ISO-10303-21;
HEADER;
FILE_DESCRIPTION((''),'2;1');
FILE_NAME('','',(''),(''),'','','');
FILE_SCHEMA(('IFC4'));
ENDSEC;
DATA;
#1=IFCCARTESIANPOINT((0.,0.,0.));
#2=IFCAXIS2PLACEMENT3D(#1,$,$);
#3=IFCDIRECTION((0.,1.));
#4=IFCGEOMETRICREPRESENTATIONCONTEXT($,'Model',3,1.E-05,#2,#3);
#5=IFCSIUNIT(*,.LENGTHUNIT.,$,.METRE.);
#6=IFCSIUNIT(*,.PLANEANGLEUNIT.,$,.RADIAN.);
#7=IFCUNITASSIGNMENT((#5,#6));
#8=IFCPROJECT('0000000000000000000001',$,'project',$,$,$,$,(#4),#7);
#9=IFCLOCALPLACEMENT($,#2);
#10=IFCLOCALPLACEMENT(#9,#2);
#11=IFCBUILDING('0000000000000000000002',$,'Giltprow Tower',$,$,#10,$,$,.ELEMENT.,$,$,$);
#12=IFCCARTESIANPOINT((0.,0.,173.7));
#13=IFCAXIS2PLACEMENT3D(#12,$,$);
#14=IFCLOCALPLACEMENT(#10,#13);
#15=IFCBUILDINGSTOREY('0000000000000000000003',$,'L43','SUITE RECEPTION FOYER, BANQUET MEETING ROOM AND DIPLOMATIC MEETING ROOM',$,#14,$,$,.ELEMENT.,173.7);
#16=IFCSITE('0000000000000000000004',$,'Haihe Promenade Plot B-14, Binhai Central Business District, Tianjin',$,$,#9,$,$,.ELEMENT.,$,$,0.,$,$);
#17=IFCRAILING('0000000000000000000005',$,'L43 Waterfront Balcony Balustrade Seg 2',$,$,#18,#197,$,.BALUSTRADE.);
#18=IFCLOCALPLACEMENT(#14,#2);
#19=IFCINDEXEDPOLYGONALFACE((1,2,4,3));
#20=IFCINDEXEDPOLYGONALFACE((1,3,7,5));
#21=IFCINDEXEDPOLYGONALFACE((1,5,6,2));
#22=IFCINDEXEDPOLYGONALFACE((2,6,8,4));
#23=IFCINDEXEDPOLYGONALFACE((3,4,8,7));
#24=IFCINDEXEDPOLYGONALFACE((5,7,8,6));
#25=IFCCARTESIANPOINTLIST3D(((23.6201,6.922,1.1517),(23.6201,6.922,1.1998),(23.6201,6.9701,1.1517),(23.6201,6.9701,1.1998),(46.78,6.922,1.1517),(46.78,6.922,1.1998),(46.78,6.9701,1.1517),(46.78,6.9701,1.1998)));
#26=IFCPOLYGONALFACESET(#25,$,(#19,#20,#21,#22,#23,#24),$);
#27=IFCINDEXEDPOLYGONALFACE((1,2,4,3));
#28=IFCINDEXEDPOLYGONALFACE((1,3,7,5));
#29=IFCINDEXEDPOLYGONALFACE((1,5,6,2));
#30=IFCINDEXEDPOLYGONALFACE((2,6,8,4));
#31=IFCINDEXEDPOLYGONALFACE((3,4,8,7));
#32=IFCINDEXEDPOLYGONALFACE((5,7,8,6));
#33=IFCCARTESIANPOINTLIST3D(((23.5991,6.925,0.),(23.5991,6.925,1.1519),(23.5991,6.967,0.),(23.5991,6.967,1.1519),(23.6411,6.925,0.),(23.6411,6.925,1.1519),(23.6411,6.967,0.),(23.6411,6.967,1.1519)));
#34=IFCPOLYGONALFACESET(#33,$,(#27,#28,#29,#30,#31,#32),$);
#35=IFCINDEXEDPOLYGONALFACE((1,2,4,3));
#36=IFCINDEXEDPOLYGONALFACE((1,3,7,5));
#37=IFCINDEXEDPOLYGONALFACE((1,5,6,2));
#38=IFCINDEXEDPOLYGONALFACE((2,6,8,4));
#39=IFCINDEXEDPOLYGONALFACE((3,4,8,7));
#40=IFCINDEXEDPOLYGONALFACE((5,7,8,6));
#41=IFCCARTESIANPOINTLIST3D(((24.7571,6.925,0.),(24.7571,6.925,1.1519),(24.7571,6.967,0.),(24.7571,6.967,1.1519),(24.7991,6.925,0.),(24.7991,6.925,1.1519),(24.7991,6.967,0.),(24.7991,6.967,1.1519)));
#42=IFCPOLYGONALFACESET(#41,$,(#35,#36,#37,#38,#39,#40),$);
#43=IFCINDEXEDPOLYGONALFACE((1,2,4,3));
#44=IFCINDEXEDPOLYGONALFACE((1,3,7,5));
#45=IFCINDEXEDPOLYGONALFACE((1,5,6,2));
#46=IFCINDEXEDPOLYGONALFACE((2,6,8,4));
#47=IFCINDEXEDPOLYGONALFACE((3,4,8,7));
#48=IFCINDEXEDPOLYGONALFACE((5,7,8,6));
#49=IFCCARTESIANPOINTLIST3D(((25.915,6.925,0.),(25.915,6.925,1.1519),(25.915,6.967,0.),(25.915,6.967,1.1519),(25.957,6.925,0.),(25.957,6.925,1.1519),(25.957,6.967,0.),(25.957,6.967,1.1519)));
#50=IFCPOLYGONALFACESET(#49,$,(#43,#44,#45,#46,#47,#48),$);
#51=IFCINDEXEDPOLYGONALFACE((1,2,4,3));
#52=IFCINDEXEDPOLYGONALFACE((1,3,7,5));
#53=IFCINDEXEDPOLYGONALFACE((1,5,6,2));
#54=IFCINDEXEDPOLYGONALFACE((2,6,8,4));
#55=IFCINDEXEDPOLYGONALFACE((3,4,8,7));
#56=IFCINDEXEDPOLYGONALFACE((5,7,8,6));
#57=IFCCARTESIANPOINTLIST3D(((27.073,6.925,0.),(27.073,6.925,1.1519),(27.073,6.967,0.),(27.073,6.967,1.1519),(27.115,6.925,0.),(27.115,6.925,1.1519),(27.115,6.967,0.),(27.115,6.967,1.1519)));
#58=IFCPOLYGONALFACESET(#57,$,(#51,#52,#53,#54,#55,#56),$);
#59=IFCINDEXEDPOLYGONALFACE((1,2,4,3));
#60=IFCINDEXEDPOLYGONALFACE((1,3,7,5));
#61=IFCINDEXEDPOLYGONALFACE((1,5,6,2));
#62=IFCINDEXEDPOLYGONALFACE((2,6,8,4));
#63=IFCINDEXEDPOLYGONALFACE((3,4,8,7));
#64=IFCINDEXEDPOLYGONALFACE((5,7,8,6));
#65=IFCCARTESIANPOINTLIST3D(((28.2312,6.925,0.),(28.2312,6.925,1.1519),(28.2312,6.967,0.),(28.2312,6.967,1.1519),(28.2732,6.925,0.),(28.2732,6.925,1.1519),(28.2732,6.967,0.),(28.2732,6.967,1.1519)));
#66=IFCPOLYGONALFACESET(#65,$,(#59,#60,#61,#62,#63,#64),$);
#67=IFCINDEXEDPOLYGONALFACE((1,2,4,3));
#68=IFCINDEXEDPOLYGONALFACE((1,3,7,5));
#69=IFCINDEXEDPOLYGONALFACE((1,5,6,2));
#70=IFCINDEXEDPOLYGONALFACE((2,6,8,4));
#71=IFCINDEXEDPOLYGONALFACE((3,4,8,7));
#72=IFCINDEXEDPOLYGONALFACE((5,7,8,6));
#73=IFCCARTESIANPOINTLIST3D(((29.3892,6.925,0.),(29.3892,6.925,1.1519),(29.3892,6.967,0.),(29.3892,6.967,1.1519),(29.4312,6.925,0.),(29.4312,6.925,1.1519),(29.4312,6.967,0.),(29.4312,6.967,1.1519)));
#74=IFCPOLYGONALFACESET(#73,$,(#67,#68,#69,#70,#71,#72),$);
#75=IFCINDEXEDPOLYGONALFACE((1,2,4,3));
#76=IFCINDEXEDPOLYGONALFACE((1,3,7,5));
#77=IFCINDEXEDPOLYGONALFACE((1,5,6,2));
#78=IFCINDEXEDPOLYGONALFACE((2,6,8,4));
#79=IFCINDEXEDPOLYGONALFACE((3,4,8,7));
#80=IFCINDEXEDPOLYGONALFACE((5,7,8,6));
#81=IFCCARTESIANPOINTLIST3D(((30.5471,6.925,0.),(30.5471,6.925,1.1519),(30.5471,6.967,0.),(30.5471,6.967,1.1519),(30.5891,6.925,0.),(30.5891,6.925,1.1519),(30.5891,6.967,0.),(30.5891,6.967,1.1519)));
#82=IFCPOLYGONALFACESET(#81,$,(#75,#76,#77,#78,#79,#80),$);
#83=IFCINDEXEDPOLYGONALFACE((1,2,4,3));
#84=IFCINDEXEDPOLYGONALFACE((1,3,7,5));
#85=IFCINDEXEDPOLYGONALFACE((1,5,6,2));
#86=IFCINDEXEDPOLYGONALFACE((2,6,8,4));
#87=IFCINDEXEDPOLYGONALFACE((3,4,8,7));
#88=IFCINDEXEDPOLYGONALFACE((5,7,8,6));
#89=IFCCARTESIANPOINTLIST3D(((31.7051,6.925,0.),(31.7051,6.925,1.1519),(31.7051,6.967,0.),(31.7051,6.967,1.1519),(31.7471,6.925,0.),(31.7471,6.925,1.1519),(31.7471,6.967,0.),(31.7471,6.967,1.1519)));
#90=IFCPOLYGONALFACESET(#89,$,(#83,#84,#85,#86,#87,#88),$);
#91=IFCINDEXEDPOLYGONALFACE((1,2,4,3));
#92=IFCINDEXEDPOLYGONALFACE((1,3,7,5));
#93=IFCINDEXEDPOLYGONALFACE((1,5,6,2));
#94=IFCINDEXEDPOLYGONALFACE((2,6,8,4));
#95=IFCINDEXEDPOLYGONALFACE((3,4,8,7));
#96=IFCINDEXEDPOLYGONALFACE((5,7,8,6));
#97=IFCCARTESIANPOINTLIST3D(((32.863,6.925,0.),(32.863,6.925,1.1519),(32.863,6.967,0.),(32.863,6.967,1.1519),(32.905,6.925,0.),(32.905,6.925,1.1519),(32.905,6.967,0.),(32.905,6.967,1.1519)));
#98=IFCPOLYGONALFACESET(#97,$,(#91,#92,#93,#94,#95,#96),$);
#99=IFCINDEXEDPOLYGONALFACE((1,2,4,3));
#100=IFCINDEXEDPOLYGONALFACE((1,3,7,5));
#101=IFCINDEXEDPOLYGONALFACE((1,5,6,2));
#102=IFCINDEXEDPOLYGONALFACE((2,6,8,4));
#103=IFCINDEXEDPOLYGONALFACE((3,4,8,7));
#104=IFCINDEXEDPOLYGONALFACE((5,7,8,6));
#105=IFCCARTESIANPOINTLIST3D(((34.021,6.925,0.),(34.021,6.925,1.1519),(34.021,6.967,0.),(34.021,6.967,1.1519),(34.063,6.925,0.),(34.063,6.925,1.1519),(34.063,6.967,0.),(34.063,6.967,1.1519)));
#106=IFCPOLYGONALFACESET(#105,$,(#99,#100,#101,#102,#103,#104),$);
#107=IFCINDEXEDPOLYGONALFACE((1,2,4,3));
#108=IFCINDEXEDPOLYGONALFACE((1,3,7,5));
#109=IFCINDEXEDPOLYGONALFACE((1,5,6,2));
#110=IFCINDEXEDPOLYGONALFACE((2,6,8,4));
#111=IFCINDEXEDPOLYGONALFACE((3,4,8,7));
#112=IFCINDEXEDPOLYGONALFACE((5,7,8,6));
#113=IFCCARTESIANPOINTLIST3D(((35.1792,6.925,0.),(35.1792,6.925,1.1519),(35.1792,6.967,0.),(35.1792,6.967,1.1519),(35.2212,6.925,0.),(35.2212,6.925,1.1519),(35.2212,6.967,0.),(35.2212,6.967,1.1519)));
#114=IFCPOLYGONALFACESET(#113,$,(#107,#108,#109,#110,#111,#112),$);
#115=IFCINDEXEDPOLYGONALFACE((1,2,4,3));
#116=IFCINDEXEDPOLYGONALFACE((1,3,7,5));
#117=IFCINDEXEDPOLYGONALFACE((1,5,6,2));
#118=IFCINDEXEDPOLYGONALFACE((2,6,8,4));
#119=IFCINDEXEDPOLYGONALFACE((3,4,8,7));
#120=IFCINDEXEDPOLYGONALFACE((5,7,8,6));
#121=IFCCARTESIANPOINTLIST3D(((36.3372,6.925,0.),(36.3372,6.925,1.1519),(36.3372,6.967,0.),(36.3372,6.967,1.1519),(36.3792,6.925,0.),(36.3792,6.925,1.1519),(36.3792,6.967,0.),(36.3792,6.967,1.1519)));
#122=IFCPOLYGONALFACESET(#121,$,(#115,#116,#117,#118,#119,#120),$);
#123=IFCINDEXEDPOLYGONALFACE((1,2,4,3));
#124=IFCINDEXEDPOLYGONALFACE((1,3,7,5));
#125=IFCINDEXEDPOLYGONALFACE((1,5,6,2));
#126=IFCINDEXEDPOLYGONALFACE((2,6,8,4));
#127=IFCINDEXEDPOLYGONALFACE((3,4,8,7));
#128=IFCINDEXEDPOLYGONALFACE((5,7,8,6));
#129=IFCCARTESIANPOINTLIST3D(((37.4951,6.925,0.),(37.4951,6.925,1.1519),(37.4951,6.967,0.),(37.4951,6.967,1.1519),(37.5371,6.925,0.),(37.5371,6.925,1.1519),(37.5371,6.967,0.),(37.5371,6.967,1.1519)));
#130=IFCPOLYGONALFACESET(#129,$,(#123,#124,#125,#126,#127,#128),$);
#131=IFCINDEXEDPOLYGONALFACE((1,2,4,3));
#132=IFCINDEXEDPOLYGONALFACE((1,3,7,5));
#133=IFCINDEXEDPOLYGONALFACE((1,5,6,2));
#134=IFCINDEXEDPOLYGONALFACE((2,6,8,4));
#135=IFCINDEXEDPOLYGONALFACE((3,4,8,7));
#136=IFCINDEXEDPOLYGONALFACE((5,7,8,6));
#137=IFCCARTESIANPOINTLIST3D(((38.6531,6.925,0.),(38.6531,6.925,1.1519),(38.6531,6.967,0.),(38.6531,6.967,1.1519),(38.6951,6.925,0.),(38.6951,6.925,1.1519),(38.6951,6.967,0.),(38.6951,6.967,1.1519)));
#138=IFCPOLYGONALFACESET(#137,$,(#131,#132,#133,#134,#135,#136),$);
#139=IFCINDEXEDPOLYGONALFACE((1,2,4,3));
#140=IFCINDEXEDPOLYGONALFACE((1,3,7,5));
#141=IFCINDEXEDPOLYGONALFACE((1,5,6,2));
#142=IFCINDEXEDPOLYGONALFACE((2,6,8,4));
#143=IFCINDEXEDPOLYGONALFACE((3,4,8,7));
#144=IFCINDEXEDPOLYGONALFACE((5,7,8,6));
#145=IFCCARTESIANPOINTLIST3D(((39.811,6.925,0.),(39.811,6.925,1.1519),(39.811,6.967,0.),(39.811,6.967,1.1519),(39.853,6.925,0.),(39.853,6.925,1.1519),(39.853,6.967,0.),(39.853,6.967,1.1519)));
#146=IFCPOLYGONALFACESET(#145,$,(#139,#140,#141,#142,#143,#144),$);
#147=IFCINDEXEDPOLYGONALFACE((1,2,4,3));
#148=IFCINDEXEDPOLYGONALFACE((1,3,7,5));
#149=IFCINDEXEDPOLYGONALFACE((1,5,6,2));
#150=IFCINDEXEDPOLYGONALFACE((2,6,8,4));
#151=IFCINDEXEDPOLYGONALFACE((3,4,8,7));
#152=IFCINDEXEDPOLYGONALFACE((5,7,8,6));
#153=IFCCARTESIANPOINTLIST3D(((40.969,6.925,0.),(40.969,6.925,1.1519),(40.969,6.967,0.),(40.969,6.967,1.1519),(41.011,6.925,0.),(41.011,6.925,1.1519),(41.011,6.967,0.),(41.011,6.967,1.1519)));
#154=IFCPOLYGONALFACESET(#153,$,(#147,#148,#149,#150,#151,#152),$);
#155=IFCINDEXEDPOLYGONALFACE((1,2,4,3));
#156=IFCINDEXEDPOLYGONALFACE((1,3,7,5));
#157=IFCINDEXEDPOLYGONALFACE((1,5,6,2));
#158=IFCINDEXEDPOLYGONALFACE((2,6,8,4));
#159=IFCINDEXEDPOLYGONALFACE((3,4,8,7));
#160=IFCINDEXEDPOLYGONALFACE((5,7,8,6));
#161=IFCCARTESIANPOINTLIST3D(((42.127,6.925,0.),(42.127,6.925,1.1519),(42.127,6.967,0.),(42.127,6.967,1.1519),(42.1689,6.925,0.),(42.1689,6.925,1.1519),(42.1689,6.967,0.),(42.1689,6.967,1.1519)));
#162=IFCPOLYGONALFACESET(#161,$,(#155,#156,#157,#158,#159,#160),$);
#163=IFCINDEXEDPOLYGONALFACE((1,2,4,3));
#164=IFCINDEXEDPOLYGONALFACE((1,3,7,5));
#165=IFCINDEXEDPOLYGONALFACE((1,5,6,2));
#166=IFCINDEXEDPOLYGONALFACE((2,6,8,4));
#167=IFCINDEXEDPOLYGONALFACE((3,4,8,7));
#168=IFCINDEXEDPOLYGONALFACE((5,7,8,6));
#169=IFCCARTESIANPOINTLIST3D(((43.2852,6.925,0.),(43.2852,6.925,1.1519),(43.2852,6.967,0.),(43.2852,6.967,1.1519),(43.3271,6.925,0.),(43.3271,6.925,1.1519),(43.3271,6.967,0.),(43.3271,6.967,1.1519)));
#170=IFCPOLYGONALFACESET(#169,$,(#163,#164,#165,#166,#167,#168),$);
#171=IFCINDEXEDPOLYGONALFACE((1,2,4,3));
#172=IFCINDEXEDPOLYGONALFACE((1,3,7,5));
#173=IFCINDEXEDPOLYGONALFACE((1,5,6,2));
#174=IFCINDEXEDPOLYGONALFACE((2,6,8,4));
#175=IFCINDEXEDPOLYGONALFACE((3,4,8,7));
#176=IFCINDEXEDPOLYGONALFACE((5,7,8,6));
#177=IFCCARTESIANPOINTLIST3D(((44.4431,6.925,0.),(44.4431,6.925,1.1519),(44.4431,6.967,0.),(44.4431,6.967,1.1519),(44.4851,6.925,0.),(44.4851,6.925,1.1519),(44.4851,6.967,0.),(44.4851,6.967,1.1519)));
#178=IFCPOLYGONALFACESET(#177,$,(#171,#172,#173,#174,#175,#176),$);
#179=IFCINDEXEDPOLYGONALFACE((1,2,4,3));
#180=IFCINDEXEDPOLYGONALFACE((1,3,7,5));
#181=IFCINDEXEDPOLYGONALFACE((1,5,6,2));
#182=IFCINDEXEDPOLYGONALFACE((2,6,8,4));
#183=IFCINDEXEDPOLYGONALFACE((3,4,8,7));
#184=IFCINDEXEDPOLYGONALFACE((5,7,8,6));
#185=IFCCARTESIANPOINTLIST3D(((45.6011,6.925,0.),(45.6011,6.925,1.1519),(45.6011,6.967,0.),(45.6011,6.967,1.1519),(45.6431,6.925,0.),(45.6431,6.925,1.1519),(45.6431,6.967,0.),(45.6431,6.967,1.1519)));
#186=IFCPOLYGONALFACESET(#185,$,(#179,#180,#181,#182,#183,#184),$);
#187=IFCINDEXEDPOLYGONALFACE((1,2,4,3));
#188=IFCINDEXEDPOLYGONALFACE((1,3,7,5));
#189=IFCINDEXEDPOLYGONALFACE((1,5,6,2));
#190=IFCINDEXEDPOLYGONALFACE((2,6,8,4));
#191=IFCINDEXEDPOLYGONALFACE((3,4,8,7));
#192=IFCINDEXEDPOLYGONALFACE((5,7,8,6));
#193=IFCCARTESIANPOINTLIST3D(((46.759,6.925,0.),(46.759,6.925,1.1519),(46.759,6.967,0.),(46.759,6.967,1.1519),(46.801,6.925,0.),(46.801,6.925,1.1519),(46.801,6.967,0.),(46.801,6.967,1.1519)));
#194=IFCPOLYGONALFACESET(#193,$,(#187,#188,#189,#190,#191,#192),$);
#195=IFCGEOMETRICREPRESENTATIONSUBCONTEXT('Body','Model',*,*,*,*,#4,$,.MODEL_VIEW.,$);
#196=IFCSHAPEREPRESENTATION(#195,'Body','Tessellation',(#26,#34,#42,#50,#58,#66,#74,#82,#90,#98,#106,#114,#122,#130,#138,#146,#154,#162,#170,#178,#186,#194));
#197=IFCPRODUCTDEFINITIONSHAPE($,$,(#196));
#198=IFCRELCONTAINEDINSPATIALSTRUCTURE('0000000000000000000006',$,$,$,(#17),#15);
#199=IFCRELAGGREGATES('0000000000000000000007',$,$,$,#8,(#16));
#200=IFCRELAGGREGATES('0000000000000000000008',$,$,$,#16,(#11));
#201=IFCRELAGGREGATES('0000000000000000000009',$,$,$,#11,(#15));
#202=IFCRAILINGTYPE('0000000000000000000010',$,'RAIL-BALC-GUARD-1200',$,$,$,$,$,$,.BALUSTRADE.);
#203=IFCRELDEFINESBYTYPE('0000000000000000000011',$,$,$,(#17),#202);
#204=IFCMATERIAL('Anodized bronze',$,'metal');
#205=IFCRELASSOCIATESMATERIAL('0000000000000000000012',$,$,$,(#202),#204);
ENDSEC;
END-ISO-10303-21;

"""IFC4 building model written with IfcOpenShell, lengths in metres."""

from ifc_helpers import new_model, si_unit, direction, frame, origin, origin_2d, place, context, subcontext, project, spatial, rectangle, extrude, material, type_object, element, save


model = new_model("IFC4")

# Units and contexts
model_context = context("Model", 3, precision=1e-05, world=origin(), true_north=direction((0.0, 1.0)))
body_context = subcontext(model_context, "Body", "Model", "MODEL_VIEW")
ifc_project = project(units=[si_unit("LENGTHUNIT", "METRE"), si_unit("PLANEANGLEUNIT", "RADIAN")], contexts=[model_context])

# Site, building, storey
site_placement = place(None, origin())
site = spatial("IfcSite", under=ifc_project, at=site_placement, Name="Haihe Promenade Plot B-14, Binhai Central Business District, Tianjin", CompositionType="ELEMENT", RefElevation=0.0)
building_placement = place(site_placement, origin())
building = spatial("IfcBuilding", under=site, at=building_placement, Name="Giltprow Tower", CompositionType="ELEMENT")
storey_placement = place(building_placement, frame((0.0, 0.0, 173.7)))
storey = spatial("IfcBuildingStorey", under=building, at=storey_placement, Name="L43", Description="SUITE RECEPTION FOYER, BANQUET MEETING ROOM AND DIPLOMATIC MEETING ROOM", CompositionType="ELEMENT", Elevation=173.7)

# Railing
ifc_material_1 = material(Name="Anodized bronze", Category="metal")
railing_type = type_object("IfcRailingType", Name="RAIL-BALC-GUARD-1200", PredefinedType="BALUSTRADE", material=ifc_material_1)
railing_1_placement = place(storey_placement, frame((23.6201, 6.946, 0.0)))
element("IfcRailing", 1, at=railing_1_placement, inside=storey, type_object=railing_type, Name="L43 Waterfront Balcony Balustrade Seg 2", PredefinedType="BALUSTRADE", context=body_context, shape_type="SweptSolid", body=[
    extrude(rectangle(XDim=0.0481, YDim=0.0481, at=origin_2d()), frame((0.0, 0.0, 1.1758), z_axis=(1.0, 0.0, 0.0), x_axis=(0.0, 1.0, 0.0)), (0.0, 0.0, 1.0), 23.1599),
    extrude(rectangle(XDim=0.042, YDim=0.042, at=origin_2d()), origin(), (0.0, 0.0, 1.0), 1.1519),
    extrude(rectangle(XDim=0.042, YDim=0.042, at=origin_2d()), frame((1.158, 0.0, 0.0)), (0.0, 0.0, 1.0), 1.1519),
    extrude(rectangle(XDim=0.042, YDim=0.042, at=origin_2d()), frame((2.3159, 0.0, 0.0)), (0.0, 0.0, 1.0), 1.1519),
    extrude(rectangle(XDim=0.042, YDim=0.042, at=origin_2d()), frame((3.4739, 0.0, 0.0)), (0.0, 0.0, 1.0), 1.1519),
    extrude(rectangle(XDim=0.042, YDim=0.042, at=origin_2d()), frame((4.6321, 0.0, 0.0)), (0.0, 0.0, 1.0), 1.1519),
    extrude(rectangle(XDim=0.042, YDim=0.042, at=origin_2d()), frame((5.79, 0.0, 0.0)), (0.0, 0.0, 1.0), 1.1519),
    extrude(rectangle(XDim=0.042, YDim=0.042, at=origin_2d()), frame((6.948, 0.0, 0.0)), (0.0, 0.0, 1.0), 1.1519),
    extrude(rectangle(XDim=0.042, YDim=0.042, at=origin_2d()), frame((8.106, 0.0, 0.0)), (0.0, 0.0, 1.0), 1.1519),
    extrude(rectangle(XDim=0.042, YDim=0.042, at=origin_2d()), frame((9.2639, 0.0, 0.0)), (0.0, 0.0, 1.0), 1.1519),
    extrude(rectangle(XDim=0.042, YDim=0.042, at=origin_2d()), frame((10.4219, 0.0, 0.0)), (0.0, 0.0, 1.0), 1.1519),
    extrude(rectangle(XDim=0.042, YDim=0.042, at=origin_2d()), frame((11.5801, 0.0, 0.0)), (0.0, 0.0, 1.0), 1.1519),
    extrude(rectangle(XDim=0.042, YDim=0.042, at=origin_2d()), frame((12.738, 0.0, 0.0)), (0.0, 0.0, 1.0), 1.1519),
    extrude(rectangle(XDim=0.042, YDim=0.042, at=origin_2d()), frame((13.896, 0.0, 0.0)), (0.0, 0.0, 1.0), 1.1519),
    extrude(rectangle(XDim=0.042, YDim=0.042, at=origin_2d()), frame((15.054, 0.0, 0.0)), (0.0, 0.0, 1.0), 1.1519),
    extrude(rectangle(XDim=0.042, YDim=0.042, at=origin_2d()), frame((16.2119, 0.0, 0.0)), (0.0, 0.0, 1.0), 1.1519),
    extrude(rectangle(XDim=0.042, YDim=0.042, at=origin_2d()), frame((17.3699, 0.0, 0.0)), (0.0, 0.0, 1.0), 1.1519),
    extrude(rectangle(XDim=0.042, YDim=0.042, at=origin_2d()), frame((18.5278, 0.0, 0.0)), (0.0, 0.0, 1.0), 1.1519),
    extrude(rectangle(XDim=0.042, YDim=0.042, at=origin_2d()), frame((19.686, 0.0, 0.0)), (0.0, 0.0, 1.0), 1.1519),
    extrude(rectangle(XDim=0.042, YDim=0.042, at=origin_2d()), frame((20.844, 0.0, 0.0)), (0.0, 0.0, 1.0), 1.1519),
    extrude(rectangle(XDim=0.042, YDim=0.042, at=origin_2d()), frame((22.002, 0.0, 0.0)), (0.0, 0.0, 1.0), 1.1519),
    extrude(rectangle(XDim=0.042, YDim=0.042, at=origin_2d()), frame((23.1599, 0.0, 0.0)), (0.0, 0.0, 1.0), 1.1519),
])

save(model, "model.ifc")
